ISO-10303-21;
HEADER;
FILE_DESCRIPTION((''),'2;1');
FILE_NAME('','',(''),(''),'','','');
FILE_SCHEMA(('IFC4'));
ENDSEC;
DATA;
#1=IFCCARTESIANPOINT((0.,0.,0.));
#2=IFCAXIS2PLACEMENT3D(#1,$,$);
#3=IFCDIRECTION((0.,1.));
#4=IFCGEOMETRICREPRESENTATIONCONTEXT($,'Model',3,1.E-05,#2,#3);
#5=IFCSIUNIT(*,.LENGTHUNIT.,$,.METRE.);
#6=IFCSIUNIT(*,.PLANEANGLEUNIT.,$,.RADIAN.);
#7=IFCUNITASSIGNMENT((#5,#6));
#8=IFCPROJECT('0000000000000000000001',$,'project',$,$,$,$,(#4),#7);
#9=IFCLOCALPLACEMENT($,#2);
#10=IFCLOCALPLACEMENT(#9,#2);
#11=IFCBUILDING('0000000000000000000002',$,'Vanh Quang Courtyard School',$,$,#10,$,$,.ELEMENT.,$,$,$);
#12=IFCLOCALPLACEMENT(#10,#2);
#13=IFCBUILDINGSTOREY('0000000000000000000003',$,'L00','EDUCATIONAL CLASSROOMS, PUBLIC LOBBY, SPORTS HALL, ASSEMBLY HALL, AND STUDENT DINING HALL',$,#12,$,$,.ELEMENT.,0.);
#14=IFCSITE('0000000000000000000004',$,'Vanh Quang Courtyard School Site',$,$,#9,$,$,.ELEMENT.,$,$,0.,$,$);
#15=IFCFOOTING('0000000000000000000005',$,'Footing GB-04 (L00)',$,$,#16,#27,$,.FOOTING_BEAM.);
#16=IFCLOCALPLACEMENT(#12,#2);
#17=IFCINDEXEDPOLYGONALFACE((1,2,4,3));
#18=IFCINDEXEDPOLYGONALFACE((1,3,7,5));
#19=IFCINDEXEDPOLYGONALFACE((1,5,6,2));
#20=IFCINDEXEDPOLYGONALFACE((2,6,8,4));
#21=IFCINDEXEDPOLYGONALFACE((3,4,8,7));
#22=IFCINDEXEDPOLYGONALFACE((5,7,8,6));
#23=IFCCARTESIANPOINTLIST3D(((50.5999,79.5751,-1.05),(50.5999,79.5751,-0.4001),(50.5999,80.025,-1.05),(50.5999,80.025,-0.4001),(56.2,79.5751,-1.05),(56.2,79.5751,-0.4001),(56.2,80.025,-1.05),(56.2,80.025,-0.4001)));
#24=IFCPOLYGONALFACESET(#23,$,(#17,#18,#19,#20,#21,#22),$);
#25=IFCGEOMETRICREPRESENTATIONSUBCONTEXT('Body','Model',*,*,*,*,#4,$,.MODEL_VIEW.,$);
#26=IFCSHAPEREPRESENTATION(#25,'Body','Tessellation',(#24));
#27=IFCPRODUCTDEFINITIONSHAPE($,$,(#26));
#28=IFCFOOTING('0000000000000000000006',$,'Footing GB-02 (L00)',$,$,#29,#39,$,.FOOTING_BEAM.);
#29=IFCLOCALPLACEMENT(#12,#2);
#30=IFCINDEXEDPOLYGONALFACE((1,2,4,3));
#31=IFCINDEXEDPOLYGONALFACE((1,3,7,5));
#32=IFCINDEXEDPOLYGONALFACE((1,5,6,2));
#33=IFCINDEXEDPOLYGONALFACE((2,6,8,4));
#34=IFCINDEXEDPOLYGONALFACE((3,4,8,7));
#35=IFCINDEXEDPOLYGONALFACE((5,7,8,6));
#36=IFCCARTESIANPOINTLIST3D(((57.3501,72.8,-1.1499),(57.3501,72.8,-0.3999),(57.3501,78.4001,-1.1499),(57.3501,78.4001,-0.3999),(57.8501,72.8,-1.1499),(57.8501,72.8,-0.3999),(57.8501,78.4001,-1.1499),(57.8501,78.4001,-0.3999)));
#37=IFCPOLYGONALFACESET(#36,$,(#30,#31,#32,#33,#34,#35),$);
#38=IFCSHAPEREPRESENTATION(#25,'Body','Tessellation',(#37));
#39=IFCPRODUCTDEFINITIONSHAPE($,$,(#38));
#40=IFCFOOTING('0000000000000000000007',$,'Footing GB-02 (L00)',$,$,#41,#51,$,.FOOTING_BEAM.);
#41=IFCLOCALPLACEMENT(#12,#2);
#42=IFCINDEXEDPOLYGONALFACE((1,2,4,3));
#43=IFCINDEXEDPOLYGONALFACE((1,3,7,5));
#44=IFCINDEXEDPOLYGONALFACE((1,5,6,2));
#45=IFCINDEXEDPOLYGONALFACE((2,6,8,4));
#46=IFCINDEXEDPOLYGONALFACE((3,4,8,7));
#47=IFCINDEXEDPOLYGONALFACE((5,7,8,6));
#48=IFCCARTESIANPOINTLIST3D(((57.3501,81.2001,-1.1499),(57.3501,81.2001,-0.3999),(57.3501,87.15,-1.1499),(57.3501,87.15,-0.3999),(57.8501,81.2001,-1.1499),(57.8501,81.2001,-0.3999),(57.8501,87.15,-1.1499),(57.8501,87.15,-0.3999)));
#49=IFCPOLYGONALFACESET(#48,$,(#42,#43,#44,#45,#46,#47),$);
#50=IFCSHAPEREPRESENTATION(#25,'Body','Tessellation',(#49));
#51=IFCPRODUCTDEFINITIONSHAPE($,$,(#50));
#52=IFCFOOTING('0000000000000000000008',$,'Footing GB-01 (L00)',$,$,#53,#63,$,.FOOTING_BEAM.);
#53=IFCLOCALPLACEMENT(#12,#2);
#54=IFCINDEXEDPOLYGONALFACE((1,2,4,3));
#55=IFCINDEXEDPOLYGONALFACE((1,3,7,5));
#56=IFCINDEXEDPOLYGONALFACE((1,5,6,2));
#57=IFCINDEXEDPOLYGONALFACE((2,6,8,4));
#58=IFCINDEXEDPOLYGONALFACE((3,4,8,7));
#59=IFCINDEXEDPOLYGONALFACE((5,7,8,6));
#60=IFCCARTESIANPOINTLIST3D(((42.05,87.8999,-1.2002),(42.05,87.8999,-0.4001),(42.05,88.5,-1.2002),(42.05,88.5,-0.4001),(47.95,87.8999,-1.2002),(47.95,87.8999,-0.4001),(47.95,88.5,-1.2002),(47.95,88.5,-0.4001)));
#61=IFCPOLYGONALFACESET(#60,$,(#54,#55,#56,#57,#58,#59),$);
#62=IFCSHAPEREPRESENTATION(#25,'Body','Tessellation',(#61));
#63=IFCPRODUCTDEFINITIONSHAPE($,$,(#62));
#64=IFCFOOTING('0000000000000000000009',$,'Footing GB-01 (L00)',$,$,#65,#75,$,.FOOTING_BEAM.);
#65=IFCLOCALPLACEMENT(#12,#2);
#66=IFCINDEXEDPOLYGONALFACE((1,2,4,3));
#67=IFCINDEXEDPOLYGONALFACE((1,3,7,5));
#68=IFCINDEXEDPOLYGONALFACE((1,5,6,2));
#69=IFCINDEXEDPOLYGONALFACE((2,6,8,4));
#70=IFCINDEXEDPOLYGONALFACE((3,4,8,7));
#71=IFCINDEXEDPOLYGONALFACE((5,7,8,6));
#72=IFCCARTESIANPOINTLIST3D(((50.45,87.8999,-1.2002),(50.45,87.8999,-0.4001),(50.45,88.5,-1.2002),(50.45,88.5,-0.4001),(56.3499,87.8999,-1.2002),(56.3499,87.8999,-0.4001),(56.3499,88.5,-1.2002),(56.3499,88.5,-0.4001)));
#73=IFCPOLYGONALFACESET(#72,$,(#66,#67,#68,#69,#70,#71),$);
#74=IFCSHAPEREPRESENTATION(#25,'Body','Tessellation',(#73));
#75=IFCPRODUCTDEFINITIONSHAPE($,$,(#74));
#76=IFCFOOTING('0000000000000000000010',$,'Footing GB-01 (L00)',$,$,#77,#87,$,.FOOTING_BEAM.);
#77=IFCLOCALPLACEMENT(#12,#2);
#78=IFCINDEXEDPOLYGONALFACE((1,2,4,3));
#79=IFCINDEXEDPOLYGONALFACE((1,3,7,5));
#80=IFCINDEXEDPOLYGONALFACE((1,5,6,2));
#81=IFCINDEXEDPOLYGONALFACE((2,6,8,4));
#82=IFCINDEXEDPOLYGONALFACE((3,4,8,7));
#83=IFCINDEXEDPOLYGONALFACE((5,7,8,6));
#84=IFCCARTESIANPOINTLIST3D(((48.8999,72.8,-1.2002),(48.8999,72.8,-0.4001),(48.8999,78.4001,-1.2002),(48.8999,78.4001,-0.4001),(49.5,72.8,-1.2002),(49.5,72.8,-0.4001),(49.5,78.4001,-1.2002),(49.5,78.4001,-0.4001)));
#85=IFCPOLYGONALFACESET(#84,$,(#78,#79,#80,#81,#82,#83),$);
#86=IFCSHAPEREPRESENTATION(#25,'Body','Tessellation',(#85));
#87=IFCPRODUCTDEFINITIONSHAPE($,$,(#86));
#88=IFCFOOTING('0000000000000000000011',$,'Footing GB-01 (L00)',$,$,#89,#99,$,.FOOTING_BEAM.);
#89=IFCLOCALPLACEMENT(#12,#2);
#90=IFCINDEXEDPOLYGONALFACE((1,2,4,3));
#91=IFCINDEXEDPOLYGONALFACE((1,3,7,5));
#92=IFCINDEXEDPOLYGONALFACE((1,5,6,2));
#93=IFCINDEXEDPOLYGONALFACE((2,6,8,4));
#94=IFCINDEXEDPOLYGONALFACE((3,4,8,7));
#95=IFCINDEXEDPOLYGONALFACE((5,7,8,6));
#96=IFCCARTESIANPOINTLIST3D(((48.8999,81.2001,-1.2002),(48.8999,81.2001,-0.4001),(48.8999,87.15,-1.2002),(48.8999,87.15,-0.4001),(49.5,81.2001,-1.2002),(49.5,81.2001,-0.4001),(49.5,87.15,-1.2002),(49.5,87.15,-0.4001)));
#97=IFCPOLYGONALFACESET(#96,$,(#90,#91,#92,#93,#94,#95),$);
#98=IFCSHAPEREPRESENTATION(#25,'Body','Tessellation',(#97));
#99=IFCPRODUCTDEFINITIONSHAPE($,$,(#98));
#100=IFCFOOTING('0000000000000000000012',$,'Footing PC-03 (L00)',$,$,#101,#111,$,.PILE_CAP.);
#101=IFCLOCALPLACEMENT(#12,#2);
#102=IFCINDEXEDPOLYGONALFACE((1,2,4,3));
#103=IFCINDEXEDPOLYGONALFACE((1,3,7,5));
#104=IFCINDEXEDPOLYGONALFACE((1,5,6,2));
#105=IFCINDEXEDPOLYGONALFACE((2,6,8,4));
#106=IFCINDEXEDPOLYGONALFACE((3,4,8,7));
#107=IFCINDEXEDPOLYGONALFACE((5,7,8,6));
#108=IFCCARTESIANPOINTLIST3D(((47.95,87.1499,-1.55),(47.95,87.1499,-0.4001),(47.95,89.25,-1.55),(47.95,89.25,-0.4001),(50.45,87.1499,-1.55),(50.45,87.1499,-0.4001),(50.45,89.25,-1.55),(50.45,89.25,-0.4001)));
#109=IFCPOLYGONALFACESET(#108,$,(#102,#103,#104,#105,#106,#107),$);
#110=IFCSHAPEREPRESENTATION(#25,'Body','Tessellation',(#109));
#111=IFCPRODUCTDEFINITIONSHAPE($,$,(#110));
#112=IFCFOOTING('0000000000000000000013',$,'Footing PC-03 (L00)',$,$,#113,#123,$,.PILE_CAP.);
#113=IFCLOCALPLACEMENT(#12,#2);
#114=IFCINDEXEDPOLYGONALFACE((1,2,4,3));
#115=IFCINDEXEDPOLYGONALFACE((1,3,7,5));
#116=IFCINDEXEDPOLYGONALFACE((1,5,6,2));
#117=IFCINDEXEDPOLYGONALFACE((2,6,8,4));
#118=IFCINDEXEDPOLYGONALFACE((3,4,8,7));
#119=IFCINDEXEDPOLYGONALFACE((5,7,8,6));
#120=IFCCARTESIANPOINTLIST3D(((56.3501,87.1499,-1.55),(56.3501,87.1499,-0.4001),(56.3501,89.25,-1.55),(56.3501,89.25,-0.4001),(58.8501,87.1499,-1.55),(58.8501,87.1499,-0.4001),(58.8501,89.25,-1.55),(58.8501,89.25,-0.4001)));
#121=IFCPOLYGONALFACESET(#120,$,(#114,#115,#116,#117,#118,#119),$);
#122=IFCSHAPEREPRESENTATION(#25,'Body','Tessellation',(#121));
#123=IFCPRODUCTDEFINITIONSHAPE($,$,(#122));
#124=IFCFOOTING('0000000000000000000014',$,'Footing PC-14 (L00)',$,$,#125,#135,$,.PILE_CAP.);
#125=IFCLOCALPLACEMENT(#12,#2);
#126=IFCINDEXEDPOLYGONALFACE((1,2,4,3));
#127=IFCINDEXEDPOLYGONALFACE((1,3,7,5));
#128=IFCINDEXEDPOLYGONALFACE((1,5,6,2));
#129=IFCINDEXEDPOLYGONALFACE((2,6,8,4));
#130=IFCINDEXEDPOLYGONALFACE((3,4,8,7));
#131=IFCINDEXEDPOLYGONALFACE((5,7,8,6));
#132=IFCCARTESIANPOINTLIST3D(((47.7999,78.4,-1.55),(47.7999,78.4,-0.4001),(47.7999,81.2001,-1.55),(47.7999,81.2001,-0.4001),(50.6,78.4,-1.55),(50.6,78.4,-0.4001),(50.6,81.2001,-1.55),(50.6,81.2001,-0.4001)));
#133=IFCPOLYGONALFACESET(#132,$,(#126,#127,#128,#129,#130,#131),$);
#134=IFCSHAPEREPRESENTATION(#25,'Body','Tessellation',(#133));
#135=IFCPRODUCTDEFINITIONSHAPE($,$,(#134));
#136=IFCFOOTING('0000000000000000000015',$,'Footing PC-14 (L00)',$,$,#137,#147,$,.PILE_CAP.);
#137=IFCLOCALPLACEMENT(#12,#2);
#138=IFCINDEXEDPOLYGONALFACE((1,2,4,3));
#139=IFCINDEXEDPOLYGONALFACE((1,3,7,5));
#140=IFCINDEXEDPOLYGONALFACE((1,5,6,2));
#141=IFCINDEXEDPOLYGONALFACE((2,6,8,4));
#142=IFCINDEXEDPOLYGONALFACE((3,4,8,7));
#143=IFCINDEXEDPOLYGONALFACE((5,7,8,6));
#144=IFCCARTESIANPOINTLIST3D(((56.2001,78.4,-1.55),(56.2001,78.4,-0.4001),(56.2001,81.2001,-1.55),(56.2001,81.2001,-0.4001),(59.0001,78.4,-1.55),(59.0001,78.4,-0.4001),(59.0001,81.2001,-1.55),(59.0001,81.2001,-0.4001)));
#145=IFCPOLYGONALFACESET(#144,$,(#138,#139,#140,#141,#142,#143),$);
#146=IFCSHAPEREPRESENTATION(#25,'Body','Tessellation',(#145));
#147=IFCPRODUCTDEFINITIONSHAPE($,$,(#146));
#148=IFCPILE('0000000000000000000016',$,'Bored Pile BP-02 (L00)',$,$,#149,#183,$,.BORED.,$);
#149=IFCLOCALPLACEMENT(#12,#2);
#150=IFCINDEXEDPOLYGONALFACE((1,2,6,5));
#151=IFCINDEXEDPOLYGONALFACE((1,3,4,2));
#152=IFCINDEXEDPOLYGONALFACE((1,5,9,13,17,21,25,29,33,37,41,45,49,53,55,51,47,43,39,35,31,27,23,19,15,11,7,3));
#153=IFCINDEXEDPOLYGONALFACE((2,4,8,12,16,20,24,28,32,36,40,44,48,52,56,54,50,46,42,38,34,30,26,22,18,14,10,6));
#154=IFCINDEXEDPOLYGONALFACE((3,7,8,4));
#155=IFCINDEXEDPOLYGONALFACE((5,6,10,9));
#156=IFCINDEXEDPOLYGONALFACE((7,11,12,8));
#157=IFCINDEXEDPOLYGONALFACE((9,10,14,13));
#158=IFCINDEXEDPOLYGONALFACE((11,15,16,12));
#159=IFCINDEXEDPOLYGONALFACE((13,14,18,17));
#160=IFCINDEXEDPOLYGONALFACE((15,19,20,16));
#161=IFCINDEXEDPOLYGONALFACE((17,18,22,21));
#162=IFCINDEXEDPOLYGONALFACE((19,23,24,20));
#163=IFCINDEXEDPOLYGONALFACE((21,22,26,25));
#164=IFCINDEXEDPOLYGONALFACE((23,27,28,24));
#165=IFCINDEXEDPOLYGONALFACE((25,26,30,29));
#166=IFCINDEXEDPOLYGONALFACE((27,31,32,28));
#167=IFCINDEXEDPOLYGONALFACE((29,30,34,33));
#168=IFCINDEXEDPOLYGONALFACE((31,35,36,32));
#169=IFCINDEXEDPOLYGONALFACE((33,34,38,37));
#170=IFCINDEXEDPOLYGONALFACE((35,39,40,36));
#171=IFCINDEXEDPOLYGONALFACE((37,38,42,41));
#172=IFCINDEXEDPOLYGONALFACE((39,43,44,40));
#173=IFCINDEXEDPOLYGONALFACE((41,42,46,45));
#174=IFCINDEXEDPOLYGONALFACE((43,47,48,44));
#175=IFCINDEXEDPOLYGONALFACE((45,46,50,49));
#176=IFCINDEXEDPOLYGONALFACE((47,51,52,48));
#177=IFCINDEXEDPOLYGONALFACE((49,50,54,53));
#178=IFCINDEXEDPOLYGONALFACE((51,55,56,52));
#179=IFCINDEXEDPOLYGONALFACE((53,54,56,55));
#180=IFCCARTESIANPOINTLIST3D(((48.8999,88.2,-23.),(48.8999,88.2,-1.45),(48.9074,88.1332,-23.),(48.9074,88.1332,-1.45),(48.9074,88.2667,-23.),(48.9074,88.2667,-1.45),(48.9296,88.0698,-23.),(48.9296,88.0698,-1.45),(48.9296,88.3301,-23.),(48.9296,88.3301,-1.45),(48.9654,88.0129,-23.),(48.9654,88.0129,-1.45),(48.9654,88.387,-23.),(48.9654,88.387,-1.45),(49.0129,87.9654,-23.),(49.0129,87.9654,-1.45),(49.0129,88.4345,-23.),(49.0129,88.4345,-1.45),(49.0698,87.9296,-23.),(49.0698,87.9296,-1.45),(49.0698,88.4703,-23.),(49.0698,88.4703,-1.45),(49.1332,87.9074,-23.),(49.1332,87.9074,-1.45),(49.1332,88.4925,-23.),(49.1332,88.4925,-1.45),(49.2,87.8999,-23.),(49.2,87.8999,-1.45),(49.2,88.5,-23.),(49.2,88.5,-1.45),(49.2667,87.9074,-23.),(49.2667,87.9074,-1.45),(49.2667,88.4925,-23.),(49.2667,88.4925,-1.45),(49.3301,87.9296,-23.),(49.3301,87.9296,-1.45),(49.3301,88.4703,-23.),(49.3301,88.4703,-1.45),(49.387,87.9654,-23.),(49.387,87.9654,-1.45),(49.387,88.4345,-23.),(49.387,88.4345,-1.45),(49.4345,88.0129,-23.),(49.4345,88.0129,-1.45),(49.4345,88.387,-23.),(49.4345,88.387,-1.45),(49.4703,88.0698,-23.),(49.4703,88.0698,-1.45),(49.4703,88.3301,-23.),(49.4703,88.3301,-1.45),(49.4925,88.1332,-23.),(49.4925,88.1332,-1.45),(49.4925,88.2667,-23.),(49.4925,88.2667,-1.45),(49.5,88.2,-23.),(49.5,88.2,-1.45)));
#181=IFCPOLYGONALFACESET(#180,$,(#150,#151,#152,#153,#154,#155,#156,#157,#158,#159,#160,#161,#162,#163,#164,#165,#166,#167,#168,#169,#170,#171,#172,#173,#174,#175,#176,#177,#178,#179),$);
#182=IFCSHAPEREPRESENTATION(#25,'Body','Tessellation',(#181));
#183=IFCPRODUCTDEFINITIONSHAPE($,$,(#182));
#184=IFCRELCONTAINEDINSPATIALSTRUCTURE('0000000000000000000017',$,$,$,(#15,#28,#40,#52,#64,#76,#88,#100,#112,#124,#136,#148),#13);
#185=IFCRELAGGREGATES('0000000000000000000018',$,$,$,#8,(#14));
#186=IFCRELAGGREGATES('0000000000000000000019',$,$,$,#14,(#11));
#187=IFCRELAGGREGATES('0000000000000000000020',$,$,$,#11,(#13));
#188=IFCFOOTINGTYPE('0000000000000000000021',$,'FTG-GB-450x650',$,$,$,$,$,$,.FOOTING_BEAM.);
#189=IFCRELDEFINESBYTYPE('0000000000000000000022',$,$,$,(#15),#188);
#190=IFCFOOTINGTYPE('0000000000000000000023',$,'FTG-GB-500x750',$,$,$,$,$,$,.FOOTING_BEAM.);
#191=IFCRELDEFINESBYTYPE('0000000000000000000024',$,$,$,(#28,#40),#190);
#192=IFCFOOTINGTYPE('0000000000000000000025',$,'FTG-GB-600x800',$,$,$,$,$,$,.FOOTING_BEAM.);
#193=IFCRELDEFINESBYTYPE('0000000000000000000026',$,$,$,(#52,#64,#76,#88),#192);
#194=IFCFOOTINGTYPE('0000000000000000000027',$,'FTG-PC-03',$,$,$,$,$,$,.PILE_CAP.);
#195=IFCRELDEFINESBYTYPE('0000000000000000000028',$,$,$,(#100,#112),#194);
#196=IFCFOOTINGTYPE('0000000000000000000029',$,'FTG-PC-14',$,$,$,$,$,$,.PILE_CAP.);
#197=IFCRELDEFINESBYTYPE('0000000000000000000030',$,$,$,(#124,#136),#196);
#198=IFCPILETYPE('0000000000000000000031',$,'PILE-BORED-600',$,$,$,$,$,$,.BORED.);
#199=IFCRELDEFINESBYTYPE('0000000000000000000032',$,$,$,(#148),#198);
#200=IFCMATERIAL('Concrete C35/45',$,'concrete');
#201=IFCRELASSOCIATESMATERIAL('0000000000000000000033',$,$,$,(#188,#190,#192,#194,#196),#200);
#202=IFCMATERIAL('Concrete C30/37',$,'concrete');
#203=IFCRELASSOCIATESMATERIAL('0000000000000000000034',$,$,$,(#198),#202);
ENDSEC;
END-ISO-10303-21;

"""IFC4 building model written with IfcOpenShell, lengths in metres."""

from ifc_helpers import new_model, si_unit, direction, frame, origin, origin_2d, place, context, subcontext, project, spatial, rectangle, circle, extrude, material, material_profile, profile_set, type_object, element, save


model = new_model("IFC4")

# Units and contexts
model_context = context("Model", 3, precision=1e-05, world=origin(), true_north=direction((0.0, 1.0)))
body_context = subcontext(model_context, "Body", "Model", "MODEL_VIEW")
ifc_project = project(units=[si_unit("LENGTHUNIT", "METRE"), si_unit("PLANEANGLEUNIT", "RADIAN")], contexts=[model_context])

# Site, building, storey
site_placement = place(None, origin())
site = spatial("IfcSite", under=ifc_project, at=site_placement, Name="Vanh Quang Courtyard School Site", CompositionType="ELEMENT", RefElevation=0.0)
building_placement = place(site_placement, origin())
building = spatial("IfcBuilding", under=site, at=building_placement, Name="Vanh Quang Courtyard School", CompositionType="ELEMENT")
storey_placement = place(building_placement, origin())
storey = spatial("IfcBuildingStorey", under=building, at=storey_placement, Name="L00", Description="EDUCATIONAL CLASSROOMS, PUBLIC LOBBY, SPORTS HALL, ASSEMBLY HALL, AND STUDENT DINING HALL", CompositionType="ELEMENT", Elevation=0.0)

# Footings
ifc_material_1 = material(Name="Concrete C35/45", Category="concrete")
footing_type_1 = type_object("IfcFootingType", Name="FTG-GB-450x650", PredefinedType="FOOTING_BEAM", material=ifc_material_1)
footing_1_placement = place(storey_placement, frame((53.3999, 79.8, -1.05), z_axis=(0.0, 0.0, 1.0), x_axis=(1.0, 0.0, 0.0)))
element("IfcFooting", 1, at=footing_1_placement, inside=storey, type_object=footing_type_1, Name="Footing GB-04 (L00)", PredefinedType="FOOTING_BEAM", context=body_context, shape_type="SweptSolid", body=[
    extrude(rectangle(XDim=5.6001, YDim=0.45, at=origin_2d()), origin(), (0.0, 0.0, 1.0), 0.6499),
])
footing_type_2 = type_object("IfcFootingType", Name="FTG-GB-500x750", PredefinedType="FOOTING_BEAM", material=ifc_material_1)
footing_2_placement = place(storey_placement, frame((57.6001, 75.6001, -1.1499), z_axis=(0.0, 0.0, 1.0), x_axis=(0.0, 1.0, 0.0)))
element("IfcFooting", 2, at=footing_2_placement, inside=storey, type_object=footing_type_2, Name="Footing GB-02 (L00)", PredefinedType="FOOTING_BEAM", context=body_context, shape_type="SweptSolid", body=[
    extrude(rectangle(XDim=5.6001, YDim=0.5, at=origin_2d()), origin(), (0.0, 0.0, 1.0), 0.75),
])
footing_3_placement = place(storey_placement, frame((57.6001, 84.175, -1.1499), z_axis=(0.0, 0.0, 1.0), x_axis=(0.0, 1.0, 0.0)))
element("IfcFooting", 3, at=footing_3_placement, inside=storey, type_object=footing_type_2, Name="Footing GB-02 (L00)", PredefinedType="FOOTING_BEAM", context=body_context, shape_type="SweptSolid", body=[
    extrude(rectangle(XDim=5.95, YDim=0.5, at=origin_2d()), origin(), (0.0, 0.0, 1.0), 0.75),
])
footing_type_3 = type_object("IfcFootingType", Name="FTG-GB-600x800", PredefinedType="FOOTING_BEAM", material=ifc_material_1)
for number, where, z_axis, x_axis, name in (
    (4, (45.0, 88.2, -1.2002), (0.0, 0.0, 1.0), (1.0, 0.0, 0.0), "Footing GB-01 (L00)"),
    (5, (53.3999, 88.2, -1.2002), (0.0, 0.0, 1.0), (1.0, 0.0, 0.0), "Footing GB-01 (L00)"),
):
    element("IfcFooting", number, at=place(storey_placement, frame(where, z_axis=z_axis, x_axis=x_axis)), inside=storey, type_object=footing_type_3, Name=name, PredefinedType="FOOTING_BEAM", context=body_context, shape_type="SweptSolid", body=[
        extrude(rectangle(XDim=5.8999, YDim=0.6001, at=origin_2d()), origin(), (0.0, 0.0, 1.0), 0.8),
    ])
footing_4_placement = place(storey_placement, frame((49.2, 75.6001, -1.2002), z_axis=(0.0, 0.0, 1.0), x_axis=(0.0, 1.0, 0.0)))
element("IfcFooting", 6, at=footing_4_placement, inside=storey, type_object=footing_type_3, Name="Footing GB-01 (L00)", PredefinedType="FOOTING_BEAM", context=body_context, shape_type="SweptSolid", body=[
    extrude(rectangle(XDim=5.6001, YDim=0.6001, at=origin_2d()), origin(), (0.0, 0.0, 1.0), 0.8),
])
footing_5_placement = place(storey_placement, frame((49.2, 84.175, -1.2002), z_axis=(0.0, 0.0, 1.0), x_axis=(0.0, 1.0, 0.0)))
element("IfcFooting", 7, at=footing_5_placement, inside=storey, type_object=footing_type_3, Name="Footing GB-01 (L00)", PredefinedType="FOOTING_BEAM", context=body_context, shape_type="SweptSolid", body=[
    extrude(rectangle(XDim=5.95, YDim=0.6001, at=origin_2d()), origin(), (0.0, 0.0, 1.0), 0.8),
])
footing_type_4 = type_object("IfcFootingType", Name="FTG-PC-03", PredefinedType="PILE_CAP", material=ifc_material_1)
for number, where, z_axis, x_axis, name in (
    (8, (49.2, 88.2, -1.55), (0.0, 0.0, 1.0), (1.0, 0.0, 0.0), "Footing PC-03 (L00)"),
    (9, (57.6001, 88.2, -1.55), (0.0, 0.0, 1.0), (1.0, 0.0, 0.0), "Footing PC-03 (L00)"),
):
    element("IfcFooting", number, at=place(storey_placement, frame(where, z_axis=z_axis, x_axis=x_axis)), inside=storey, type_object=footing_type_4, Name=name, PredefinedType="PILE_CAP", context=body_context, shape_type="SweptSolid", body=[
        extrude(rectangle(XDim=2.5, YDim=2.1001, at=origin_2d()), origin(), (0.0, 0.0, 1.0), 1.1499),
    ])
footing_type_5 = type_object("IfcFootingType", Name="FTG-PC-14", PredefinedType="PILE_CAP", material=ifc_material_1)
for number, where, z_axis, x_axis, name in (
    (10, (49.2, 79.8, -1.55), (0.0, 0.0, 1.0), (1.0, 0.0, 0.0), "Footing PC-14 (L00)"),
    (11, (57.6001, 79.8, -1.55), (0.0, 0.0, 1.0), (1.0, 0.0, 0.0), "Footing PC-14 (L00)"),
):
    element("IfcFooting", number, at=place(storey_placement, frame(where, z_axis=z_axis, x_axis=x_axis)), inside=storey, type_object=footing_type_5, Name=name, PredefinedType="PILE_CAP", context=body_context, shape_type="SweptSolid", body=[
        extrude(rectangle(XDim=2.8, YDim=2.8, at=origin_2d()), origin(), (0.0, 0.0, 1.0), 1.1499),
    ])

# Pile
ifc_material_2 = material(Name="Concrete C30/37", Category="concrete")
ifc_material_profile_1 = material_profile(ifc_material_2, circle(Radius=0.3, at=origin_2d()), Name="PILE D600")
ifc_profile_set_1 = profile_set([ifc_material_profile_1], Name="Concrete C30/37")
pile_type_1 = type_object("IfcPileType", Name="PILE-BORED-600", PredefinedType="BORED", material=ifc_profile_set_1)
for number, where, z_axis, x_axis, name in (
    (12, (49.2, 88.2, -1.45), (0.0, 0.0, -1.0), (1.0, 0.0, 0.0), "Bored Pile BP-02 (L00)"),
):
    element("IfcPile", number, at=place(storey_placement, frame(where, z_axis=z_axis, x_axis=x_axis)), inside=storey, type_object=pile_type_1, Name=name, PredefinedType="BORED", context=body_context, shape_type="SweptSolid", body=[
        extrude(circle(Radius=0.3, at=origin_2d()), origin(), (0.0, 0.0, 1.0), 21.55),
    ])

save(model, "model.ifc")
